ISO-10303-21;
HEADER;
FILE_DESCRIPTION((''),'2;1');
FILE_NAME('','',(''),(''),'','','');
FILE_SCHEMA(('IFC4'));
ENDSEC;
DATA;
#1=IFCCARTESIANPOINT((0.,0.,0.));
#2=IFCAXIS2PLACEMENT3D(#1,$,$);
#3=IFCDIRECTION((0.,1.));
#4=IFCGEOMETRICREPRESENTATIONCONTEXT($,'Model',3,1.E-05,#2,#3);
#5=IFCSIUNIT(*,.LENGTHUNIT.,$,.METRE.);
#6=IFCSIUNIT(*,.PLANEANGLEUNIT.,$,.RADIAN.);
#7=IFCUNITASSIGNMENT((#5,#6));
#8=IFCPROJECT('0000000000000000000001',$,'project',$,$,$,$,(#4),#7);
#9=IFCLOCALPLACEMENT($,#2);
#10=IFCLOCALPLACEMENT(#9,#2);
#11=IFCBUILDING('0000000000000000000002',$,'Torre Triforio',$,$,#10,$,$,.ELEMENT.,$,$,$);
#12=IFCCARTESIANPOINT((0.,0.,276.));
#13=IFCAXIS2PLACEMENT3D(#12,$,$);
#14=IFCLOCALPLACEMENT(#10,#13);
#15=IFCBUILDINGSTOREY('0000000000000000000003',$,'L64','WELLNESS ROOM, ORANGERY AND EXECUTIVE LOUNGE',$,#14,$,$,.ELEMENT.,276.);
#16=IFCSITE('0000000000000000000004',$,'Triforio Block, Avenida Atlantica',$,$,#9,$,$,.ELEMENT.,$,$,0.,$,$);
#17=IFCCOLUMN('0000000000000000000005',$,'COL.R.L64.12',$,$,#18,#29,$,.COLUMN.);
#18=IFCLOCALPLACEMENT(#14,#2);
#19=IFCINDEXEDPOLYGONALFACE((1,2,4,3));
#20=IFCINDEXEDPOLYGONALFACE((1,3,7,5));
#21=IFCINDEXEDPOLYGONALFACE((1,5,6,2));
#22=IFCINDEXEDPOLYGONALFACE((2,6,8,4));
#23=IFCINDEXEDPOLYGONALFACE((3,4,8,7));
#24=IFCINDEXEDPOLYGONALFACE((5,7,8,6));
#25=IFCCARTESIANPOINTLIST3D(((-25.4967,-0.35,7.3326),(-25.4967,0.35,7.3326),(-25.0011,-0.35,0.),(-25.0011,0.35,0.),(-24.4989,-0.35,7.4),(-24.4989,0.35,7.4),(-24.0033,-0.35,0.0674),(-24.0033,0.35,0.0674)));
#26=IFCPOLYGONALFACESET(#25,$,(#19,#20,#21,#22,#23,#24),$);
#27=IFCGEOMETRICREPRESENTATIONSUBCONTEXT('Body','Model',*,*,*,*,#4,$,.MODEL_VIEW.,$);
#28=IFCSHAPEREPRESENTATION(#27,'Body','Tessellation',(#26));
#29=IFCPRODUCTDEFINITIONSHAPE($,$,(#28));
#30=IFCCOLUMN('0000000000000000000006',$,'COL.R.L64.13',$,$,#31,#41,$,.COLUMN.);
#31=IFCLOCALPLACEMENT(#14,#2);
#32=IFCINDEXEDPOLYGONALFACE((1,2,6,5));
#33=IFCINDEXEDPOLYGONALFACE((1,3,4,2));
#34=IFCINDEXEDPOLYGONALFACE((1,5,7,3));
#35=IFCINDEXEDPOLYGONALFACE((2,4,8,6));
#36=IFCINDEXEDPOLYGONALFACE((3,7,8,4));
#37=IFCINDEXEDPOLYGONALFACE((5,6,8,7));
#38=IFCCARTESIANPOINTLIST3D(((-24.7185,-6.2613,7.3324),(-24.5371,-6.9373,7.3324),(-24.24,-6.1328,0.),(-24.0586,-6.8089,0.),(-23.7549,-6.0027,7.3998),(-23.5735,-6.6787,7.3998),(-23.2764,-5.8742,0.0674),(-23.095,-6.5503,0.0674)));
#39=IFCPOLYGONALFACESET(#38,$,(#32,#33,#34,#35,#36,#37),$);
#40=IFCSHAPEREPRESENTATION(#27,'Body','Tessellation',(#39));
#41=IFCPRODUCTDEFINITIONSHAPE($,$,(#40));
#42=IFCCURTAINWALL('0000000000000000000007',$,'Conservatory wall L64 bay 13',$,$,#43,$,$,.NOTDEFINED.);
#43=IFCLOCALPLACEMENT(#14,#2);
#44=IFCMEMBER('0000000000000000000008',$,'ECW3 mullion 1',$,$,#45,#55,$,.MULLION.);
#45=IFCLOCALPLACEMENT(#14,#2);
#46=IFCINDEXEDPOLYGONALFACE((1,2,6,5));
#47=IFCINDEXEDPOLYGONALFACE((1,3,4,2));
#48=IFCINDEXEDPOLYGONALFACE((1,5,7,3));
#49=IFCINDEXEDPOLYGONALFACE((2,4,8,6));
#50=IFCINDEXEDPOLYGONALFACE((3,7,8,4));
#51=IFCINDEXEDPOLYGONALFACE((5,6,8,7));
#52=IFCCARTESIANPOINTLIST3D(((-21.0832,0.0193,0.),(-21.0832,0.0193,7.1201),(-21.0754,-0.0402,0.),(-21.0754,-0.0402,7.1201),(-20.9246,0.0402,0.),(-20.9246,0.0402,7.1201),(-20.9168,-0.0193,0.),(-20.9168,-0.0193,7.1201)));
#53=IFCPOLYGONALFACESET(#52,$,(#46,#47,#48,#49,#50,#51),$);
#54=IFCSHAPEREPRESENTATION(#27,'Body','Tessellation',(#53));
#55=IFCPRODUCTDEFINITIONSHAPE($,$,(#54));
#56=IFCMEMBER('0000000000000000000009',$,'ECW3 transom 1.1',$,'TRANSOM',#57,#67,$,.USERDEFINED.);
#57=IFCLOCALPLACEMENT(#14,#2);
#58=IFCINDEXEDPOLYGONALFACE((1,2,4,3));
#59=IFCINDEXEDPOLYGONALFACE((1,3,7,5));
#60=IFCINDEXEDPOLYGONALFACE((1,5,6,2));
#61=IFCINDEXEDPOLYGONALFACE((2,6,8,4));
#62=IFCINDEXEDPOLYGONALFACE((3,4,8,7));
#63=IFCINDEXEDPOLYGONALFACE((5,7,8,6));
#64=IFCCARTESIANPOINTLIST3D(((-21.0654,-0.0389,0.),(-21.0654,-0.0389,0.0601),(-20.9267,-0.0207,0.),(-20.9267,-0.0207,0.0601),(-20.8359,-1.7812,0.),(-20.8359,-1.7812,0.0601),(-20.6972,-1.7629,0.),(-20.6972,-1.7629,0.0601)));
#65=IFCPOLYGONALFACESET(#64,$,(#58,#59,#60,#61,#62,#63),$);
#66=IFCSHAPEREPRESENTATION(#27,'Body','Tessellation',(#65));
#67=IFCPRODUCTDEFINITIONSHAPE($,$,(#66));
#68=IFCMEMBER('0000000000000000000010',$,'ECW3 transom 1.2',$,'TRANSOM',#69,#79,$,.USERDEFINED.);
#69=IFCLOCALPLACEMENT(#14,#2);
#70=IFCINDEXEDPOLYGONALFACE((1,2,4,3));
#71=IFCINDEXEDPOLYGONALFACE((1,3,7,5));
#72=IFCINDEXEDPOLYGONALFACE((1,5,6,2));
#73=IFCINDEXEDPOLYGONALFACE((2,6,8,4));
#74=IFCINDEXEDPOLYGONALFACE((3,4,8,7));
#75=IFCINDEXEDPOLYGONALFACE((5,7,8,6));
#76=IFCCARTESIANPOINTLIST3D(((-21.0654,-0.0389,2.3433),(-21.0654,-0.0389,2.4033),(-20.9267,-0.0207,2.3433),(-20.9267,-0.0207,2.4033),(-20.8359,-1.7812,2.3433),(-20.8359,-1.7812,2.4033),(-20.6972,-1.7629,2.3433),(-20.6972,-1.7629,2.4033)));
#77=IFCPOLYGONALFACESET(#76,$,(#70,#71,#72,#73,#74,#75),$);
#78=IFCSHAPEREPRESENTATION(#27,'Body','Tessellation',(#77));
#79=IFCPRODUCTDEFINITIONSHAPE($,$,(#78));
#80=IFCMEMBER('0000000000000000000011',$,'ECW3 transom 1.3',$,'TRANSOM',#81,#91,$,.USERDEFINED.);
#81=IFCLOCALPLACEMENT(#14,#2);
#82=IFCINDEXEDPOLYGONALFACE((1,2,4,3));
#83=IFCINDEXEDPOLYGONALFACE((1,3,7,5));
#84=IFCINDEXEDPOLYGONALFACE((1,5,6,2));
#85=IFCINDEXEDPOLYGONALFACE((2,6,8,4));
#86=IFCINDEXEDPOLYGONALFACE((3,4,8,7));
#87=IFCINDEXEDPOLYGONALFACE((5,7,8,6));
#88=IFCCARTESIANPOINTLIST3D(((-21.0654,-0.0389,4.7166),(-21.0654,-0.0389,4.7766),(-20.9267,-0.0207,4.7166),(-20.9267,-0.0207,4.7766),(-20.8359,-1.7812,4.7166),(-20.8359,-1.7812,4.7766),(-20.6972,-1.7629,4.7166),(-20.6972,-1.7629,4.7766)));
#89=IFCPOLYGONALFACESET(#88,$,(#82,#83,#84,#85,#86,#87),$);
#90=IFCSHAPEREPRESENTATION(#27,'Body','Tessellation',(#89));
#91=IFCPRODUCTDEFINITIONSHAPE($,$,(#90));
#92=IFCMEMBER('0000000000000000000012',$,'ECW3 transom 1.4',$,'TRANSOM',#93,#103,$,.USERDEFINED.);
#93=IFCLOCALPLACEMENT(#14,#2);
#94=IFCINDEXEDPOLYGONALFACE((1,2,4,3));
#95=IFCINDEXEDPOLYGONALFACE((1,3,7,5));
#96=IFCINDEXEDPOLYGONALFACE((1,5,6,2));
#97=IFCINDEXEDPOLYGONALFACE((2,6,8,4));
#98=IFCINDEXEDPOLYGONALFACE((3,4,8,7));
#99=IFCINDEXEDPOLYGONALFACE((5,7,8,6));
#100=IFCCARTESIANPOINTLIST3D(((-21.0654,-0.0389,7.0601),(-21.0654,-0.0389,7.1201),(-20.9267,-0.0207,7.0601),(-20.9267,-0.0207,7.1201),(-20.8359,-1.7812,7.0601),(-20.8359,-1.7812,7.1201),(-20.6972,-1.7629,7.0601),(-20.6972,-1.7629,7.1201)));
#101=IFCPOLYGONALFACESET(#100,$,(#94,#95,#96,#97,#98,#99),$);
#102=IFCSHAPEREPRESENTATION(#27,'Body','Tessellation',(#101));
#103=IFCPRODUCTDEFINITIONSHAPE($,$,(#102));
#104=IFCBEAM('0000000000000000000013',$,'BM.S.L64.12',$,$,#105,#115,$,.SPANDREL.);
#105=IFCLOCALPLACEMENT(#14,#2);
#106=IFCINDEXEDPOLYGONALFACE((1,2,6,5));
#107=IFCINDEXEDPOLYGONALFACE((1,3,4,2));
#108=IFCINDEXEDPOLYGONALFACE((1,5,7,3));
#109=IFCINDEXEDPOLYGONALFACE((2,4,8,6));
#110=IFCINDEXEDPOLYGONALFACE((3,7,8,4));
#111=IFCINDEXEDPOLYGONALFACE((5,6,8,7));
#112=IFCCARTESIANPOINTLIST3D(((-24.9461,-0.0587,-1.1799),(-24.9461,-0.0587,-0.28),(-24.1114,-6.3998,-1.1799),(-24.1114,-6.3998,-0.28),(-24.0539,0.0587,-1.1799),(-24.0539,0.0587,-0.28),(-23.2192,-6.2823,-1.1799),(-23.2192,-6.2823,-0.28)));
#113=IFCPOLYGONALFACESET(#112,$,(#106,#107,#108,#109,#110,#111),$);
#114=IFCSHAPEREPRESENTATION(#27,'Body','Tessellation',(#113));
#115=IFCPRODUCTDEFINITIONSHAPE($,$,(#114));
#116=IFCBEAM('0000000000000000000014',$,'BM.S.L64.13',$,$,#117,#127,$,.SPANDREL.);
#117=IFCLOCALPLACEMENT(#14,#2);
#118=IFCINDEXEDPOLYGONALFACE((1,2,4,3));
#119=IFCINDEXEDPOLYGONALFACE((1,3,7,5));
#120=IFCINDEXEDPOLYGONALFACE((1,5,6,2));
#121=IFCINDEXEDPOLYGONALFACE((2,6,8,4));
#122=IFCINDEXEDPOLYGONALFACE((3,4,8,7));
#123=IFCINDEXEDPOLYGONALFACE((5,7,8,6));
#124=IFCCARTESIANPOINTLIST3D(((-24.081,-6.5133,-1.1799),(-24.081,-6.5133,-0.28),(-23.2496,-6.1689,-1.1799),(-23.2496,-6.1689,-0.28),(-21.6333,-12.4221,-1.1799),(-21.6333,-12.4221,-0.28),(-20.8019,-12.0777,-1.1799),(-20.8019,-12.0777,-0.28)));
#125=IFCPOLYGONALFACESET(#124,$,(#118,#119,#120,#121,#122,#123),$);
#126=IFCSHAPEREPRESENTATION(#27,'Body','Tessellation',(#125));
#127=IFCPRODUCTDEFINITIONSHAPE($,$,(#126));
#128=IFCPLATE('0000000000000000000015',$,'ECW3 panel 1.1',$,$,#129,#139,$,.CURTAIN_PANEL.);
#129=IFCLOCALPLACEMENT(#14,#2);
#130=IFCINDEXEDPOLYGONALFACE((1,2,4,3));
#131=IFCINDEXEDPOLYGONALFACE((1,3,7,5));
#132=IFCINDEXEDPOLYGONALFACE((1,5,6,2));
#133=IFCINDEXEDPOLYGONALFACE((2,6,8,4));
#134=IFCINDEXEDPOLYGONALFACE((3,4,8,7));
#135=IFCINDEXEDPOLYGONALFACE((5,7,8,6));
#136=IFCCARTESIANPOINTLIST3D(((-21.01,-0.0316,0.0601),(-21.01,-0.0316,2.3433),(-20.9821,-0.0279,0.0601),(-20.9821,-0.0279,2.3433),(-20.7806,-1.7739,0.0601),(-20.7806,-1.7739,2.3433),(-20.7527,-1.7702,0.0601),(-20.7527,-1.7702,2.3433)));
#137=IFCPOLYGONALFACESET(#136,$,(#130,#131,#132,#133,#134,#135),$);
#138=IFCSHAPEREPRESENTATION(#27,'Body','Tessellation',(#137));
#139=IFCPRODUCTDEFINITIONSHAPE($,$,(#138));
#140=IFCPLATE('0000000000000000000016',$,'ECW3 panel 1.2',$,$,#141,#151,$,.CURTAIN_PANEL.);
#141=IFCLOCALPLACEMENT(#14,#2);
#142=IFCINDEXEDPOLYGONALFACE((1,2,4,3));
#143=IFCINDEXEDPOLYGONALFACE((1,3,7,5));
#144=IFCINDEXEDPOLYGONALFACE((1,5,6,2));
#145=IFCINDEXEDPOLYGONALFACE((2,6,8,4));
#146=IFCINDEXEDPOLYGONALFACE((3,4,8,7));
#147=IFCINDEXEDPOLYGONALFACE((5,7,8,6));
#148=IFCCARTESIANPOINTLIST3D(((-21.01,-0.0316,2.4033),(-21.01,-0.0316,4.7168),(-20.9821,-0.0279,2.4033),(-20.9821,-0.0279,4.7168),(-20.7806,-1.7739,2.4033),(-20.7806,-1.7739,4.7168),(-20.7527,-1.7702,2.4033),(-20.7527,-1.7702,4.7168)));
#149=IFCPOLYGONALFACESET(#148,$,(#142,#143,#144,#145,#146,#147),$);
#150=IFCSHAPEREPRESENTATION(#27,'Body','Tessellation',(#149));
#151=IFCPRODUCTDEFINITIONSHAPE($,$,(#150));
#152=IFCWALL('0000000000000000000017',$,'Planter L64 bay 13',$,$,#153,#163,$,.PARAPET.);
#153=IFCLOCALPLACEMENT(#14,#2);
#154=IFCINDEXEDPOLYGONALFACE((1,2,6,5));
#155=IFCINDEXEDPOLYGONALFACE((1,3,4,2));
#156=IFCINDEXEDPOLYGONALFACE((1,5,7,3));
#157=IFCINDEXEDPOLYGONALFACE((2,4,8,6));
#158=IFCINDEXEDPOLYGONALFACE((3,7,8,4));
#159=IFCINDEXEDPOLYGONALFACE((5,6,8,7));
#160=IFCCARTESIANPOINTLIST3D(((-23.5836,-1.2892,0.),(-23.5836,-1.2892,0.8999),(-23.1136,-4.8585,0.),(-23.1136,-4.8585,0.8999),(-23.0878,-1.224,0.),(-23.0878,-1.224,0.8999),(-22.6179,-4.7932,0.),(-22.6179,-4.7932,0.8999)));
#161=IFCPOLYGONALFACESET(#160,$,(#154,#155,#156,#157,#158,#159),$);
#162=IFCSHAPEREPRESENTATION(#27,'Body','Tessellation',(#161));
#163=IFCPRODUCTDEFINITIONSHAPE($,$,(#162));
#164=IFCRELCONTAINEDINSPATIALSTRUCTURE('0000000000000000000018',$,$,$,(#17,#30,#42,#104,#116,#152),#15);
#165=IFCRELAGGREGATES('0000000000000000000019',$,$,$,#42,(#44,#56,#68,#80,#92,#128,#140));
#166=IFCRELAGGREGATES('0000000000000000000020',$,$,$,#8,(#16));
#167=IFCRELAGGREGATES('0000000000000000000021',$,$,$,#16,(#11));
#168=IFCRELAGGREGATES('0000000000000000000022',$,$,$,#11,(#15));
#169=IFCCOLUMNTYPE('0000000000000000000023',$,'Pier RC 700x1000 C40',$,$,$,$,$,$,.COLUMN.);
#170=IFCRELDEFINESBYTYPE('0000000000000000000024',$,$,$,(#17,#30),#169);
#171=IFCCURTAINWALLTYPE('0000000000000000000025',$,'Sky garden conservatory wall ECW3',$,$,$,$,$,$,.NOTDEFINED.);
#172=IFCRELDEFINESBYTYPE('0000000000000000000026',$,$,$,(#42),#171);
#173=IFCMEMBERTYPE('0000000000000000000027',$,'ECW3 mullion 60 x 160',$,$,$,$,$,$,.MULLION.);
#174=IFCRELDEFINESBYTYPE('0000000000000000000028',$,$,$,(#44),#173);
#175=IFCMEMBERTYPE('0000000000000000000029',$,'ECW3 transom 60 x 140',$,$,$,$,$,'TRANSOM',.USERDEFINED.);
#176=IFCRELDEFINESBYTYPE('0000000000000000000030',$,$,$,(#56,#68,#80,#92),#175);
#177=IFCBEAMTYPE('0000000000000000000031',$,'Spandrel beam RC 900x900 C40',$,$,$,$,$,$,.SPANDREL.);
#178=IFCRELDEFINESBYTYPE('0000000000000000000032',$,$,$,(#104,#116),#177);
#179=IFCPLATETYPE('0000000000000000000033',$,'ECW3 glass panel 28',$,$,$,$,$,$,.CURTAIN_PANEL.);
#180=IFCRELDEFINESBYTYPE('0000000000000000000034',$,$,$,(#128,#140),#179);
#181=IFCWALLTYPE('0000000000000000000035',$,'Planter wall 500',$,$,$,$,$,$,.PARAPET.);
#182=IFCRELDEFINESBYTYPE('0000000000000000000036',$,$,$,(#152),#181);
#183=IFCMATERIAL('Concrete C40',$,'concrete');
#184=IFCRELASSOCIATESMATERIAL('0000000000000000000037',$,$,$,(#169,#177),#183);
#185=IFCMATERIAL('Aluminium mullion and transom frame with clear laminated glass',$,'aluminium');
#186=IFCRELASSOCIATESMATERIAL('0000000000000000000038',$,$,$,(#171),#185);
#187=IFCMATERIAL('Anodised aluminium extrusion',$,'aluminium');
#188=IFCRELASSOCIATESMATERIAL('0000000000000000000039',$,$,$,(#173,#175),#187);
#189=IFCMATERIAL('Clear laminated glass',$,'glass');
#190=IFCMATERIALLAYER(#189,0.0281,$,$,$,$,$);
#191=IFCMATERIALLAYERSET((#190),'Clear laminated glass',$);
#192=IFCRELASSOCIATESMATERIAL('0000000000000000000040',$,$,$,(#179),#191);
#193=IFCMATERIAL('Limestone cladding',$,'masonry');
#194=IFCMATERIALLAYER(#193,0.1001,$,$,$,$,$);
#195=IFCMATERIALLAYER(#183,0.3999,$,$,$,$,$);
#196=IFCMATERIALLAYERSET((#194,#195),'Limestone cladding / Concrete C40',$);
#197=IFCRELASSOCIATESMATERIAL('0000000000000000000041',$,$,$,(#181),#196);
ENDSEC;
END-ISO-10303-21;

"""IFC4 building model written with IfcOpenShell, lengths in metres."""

from ifc_helpers import new_model, si_unit, direction, frame, frame_2d, origin, origin_2d, place, context, subcontext, project, spatial, rectangle, extrude, material, layer, layer_set, material_profile, profile_set, type_object, element, aggregate, save


model = new_model("IFC4")

# Units and contexts
model_context = context("Model", 3, precision=1e-05, world=origin(), true_north=direction((0.0, 1.0)))
body_context = subcontext(model_context, "Body", "Model", "MODEL_VIEW")
ifc_project = project(units=[si_unit("LENGTHUNIT", "METRE"), si_unit("PLANEANGLEUNIT", "RADIAN")], contexts=[model_context])

# Site, building, storey
site_placement = place(None, origin())
site = spatial("IfcSite", under=ifc_project, at=site_placement, Name="Triforio Block, Avenida Atlantica", CompositionType="ELEMENT", RefElevation=0.0)
building_placement = place(site_placement, origin())
building = spatial("IfcBuilding", under=site, at=building_placement, Name="Torre Triforio", CompositionType="ELEMENT")
storey_placement = place(building_placement, frame((0.0, 0.0, 276.0)))
storey = spatial("IfcBuildingStorey", under=building, at=storey_placement, Name="L64", Description="WELLNESS ROOM, ORANGERY AND EXECUTIVE LOUNGE", CompositionType="ELEMENT", Elevation=276.0)

# Columns
ifc_material_1 = material(Name="Concrete C40", Category="concrete")
ifc_material_profile_1 = material_profile(ifc_material_1, rectangle(XDim=0.7, YDim=1.0, at=origin_2d()), Name="RC 700x1000")
ifc_profile_set_1 = profile_set([ifc_material_profile_1], Name="Concrete C40")
column_type = type_object("IfcColumnType", Name="Pier RC 700x1000 C40", PredefinedType="COLUMN", material=ifc_profile_set_1)
column_1_placement = place(storey_placement, frame((-24.5022, 0.0, 0.0337), z_axis=(-0.067436, 0.0, 0.997724), x_axis=(0.0, -1.0, 0.0)))
element("IfcColumn", 1, at=column_1_placement, inside=storey, type_object=column_type, Name="COL.R.L64.12", PredefinedType="COLUMN", context=body_context, shape_type="SweptSolid", body=[
    extrude(rectangle(XDim=0.7, YDim=1.0, at=origin_2d()), origin(), (0.0, 0.0, 1.0), 7.3494),
])
column_2_placement = place(storey_placement, frame((-23.6675, -6.3416, 0.0337), z_axis=(-0.065111, -0.017474, 0.997725), x_axis=(0.259196, -0.965825, 0.0)))
element("IfcColumn", 2, at=column_2_placement, inside=storey, type_object=column_type, Name="COL.R.L64.13", PredefinedType="COLUMN", context=body_context, shape_type="SweptSolid", body=[
    extrude(rectangle(XDim=0.7, YDim=1.0, at=origin_2d()), origin(), (0.0, 0.0, 1.0), 7.3491),
])

# Curtain wall, members
ifc_material_2 = material(Name="Aluminium mullion and transom frame with clear laminated glass", Category="aluminium")
curtain_wall_type = type_object("IfcCurtainWallType", Name="Sky garden conservatory wall ECW3", PredefinedType="NOTDEFINED", material=ifc_material_2)
curtain_wall_placement = place(storey_placement, origin())
curtain_wall = element("IfcCurtainWall", 3, at=curtain_wall_placement, inside=storey, type_object=curtain_wall_type, Name="Conservatory wall L64 bay 13", PredefinedType="NOTDEFINED")
ifc_material_3 = material(Name="Anodised aluminium extrusion", Category="aluminium")
ifc_material_profile_2 = material_profile(ifc_material_3, rectangle(XDim=0.1599, YDim=0.0601, at=origin_2d()), Name="ECW3 MULLION 60x160")
ifc_profile_set_2 = profile_set([ifc_material_profile_2], Name="Anodised aluminium extrusion")
member_type_1 = type_object("IfcMemberType", Name="ECW3 mullion 60 x 160", PredefinedType="MULLION", material=ifc_profile_set_2)
member_1_placement = place(storey_placement, frame((-21.0, 0.0, 0.0), z_axis=(0.0, 0.0, 1.0), x_axis=(0.991444, 0.13053, 0.0)))
member_1 = element("IfcMember", 4, at=member_1_placement, type_object=member_type_1, Name="ECW3 mullion 1", PredefinedType="MULLION", context=body_context, shape_type="SweptSolid", body=[
    extrude(rectangle(XDim=0.1599, YDim=0.0601, at=origin_2d()), origin(), (0.0, 0.0, 1.0), 7.1201),
])
ifc_material_profile_3 = material_profile(ifc_material_3, rectangle(XDim=0.1399, YDim=0.0601, at=origin_2d()), Name="ECW3 TRANSOM 60x140")
ifc_profile_set_3 = profile_set([ifc_material_profile_3], Name="Anodised aluminium extrusion")
member_type_2 = type_object("IfcMemberType", Name="ECW3 transom 60 x 140", ElementType="TRANSOM", PredefinedType="USERDEFINED", material=ifc_profile_set_3)
member_2_placement = place(storey_placement, frame((-20.9961, -0.0298, 0.03), z_axis=(0.130598, -0.991435, 0.0), x_axis=(0.991435, 0.130598, 0.0)))
member_2 = element("IfcMember", 5, at=member_2_placement, type_object=member_type_2, Name="ECW3 transom 1.1", ObjectType="TRANSOM", PredefinedType="USERDEFINED", context=body_context, shape_type="SweptSolid", body=[
    extrude(rectangle(XDim=0.1399, YDim=0.0601, at=origin_2d()), origin(), (0.0, 0.0, 1.0), 1.7573),
])
member_3_placement = place(storey_placement, frame((-20.9961, -0.0298, 2.3733), z_axis=(0.130598, -0.991435, 0.0), x_axis=(0.991435, 0.130598, 0.0)))
member_3 = element("IfcMember", 6, at=member_3_placement, type_object=member_type_2, Name="ECW3 transom 1.2", ObjectType="TRANSOM", PredefinedType="USERDEFINED", context=body_context, shape_type="SweptSolid", body=[
    extrude(rectangle(XDim=0.1399, YDim=0.0601, at=origin_2d()), origin(), (0.0, 0.0, 1.0), 1.7573),
])
member_4_placement = place(storey_placement, frame((-20.9961, -0.0298, 4.7466), z_axis=(0.130598, -0.991435, 0.0), x_axis=(0.991435, 0.130598, 0.0)))
member_4 = element("IfcMember", 7, at=member_4_placement, type_object=member_type_2, Name="ECW3 transom 1.3", ObjectType="TRANSOM", PredefinedType="USERDEFINED", context=body_context, shape_type="SweptSolid", body=[
    extrude(rectangle(XDim=0.1399, YDim=0.0601, at=origin_2d()), origin(), (0.0, 0.0, 1.0), 1.7573),
])
member_5_placement = place(storey_placement, frame((-20.9961, -0.0298, 7.0901), z_axis=(0.130598, -0.991435, 0.0), x_axis=(0.991435, 0.130598, 0.0)))
member_5 = element("IfcMember", 8, at=member_5_placement, type_object=member_type_2, Name="ECW3 transom 1.4", ObjectType="TRANSOM", PredefinedType="USERDEFINED", context=body_context, shape_type="SweptSolid", body=[
    extrude(rectangle(XDim=0.1399, YDim=0.0601, at=origin_2d()), origin(), (0.0, 0.0, 1.0), 1.7573),
])

# Beams
ifc_material_profile_4 = material_profile(ifc_material_1, rectangle(XDim=0.8999, YDim=0.8999, at=origin_2d()), Name="RC 900x900")
ifc_profile_set_4 = profile_set([ifc_material_profile_4], Name="Concrete C40")
beam_type = type_object("IfcBeamType", Name="Spandrel beam RC 900x900 C40", PredefinedType="SPANDREL", material=ifc_profile_set_4)
for number, where, z_axis, x_axis, name in (
    (9, (-24.5, 0.0, -0.73), (0.130511, -0.991447, 0.0), (0.991447, 0.130511, 0.0), "BM.S.L64.12"),
    (10, (-23.6653, -6.3411, -0.73), (0.382709, -0.923869, 0.0), (0.923869, 0.382709, 0.0), "BM.S.L64.13"),
):
    element("IfcBeam", number, at=place(storey_placement, frame(where, z_axis=z_axis, x_axis=x_axis)), inside=storey, type_object=beam_type, Name=name, PredefinedType="SPANDREL", context=body_context, shape_type="SweptSolid", body=[
        extrude(rectangle(XDim=0.8999, YDim=0.8999, at=origin_2d()), origin(), (0.0, 0.0, 1.0), 6.3958),
    ])

# Plates
ifc_material_4 = material(Name="Clear laminated glass", Category="glass")
ifc_layer_1 = layer(ifc_material_4, 0.0281)
ifc_layer_set_1 = layer_set([ifc_layer_1], Name="Clear laminated glass")
plate_type = type_object("IfcPlateType", Name="ECW3 glass panel 28", PredefinedType="CURTAIN_PANEL", material=ifc_layer_set_1)
plate_1_placement = place(storey_placement, frame((-20.8813, -0.9009, 0.0601), z_axis=(0.0, 0.0, 1.0), x_axis=(0.13053, -0.991444, 0.0)))
plate_1 = element("IfcPlate", 11, at=plate_1_placement, type_object=plate_type, Name="ECW3 panel 1.1", PredefinedType="CURTAIN_PANEL", context=body_context, shape_type="SweptSolid", body=[
    extrude(rectangle(XDim=1.7573, YDim=0.0281, at=origin_2d()), origin(), (0.0, 0.0, 1.0), 2.2832),
])
plate_2_placement = place(storey_placement, frame((-20.8813, -0.9009, 2.4033), z_axis=(0.0, 0.0, 1.0), x_axis=(0.13053, -0.991444, 0.0)))
plate_2 = element("IfcPlate", 12, at=plate_2_placement, type_object=plate_type, Name="ECW3 panel 1.2", PredefinedType="CURTAIN_PANEL", context=body_context, shape_type="SweptSolid", body=[
    extrude(rectangle(XDim=1.7573, YDim=0.0281, at=origin_2d()), origin(), (0.0, 0.0, 1.0), 2.3135),
])
aggregate(curtain_wall, [member_1, member_2, member_3, member_4, member_5, plate_1, plate_2])

# Wall
ifc_material_5 = material(Name="Limestone cladding", Category="masonry")
ifc_layer_2 = layer(ifc_material_5, 0.1001)
ifc_layer_3 = layer(ifc_material_1, 0.3999)
ifc_layer_set_2 = layer_set([ifc_layer_2, ifc_layer_3], Name="Limestone cladding / Concrete C40")
wall_type = type_object("IfcWallType", Name="Planter wall 500", PredefinedType="PARAPET", material=ifc_layer_set_2)
wall_placement = place(storey_placement, frame((-23.3357, -1.2566, 0.0), z_axis=(0.0, 0.0, 1.0), x_axis=(0.130542, -0.991443, 0.0)))
element("IfcWall", 13, at=wall_placement, inside=storey, type_object=wall_type, Name="Planter L64 bay 13", PredefinedType="PARAPET", context=body_context, shape_type="SweptSolid", body=[
    extrude(rectangle(XDim=3.6001, YDim=0.5, at=frame_2d((1.8, 0.0))), origin(), (0.0, 0.0, 1.0), 0.8999),
])

save(model, "model.ifc")
